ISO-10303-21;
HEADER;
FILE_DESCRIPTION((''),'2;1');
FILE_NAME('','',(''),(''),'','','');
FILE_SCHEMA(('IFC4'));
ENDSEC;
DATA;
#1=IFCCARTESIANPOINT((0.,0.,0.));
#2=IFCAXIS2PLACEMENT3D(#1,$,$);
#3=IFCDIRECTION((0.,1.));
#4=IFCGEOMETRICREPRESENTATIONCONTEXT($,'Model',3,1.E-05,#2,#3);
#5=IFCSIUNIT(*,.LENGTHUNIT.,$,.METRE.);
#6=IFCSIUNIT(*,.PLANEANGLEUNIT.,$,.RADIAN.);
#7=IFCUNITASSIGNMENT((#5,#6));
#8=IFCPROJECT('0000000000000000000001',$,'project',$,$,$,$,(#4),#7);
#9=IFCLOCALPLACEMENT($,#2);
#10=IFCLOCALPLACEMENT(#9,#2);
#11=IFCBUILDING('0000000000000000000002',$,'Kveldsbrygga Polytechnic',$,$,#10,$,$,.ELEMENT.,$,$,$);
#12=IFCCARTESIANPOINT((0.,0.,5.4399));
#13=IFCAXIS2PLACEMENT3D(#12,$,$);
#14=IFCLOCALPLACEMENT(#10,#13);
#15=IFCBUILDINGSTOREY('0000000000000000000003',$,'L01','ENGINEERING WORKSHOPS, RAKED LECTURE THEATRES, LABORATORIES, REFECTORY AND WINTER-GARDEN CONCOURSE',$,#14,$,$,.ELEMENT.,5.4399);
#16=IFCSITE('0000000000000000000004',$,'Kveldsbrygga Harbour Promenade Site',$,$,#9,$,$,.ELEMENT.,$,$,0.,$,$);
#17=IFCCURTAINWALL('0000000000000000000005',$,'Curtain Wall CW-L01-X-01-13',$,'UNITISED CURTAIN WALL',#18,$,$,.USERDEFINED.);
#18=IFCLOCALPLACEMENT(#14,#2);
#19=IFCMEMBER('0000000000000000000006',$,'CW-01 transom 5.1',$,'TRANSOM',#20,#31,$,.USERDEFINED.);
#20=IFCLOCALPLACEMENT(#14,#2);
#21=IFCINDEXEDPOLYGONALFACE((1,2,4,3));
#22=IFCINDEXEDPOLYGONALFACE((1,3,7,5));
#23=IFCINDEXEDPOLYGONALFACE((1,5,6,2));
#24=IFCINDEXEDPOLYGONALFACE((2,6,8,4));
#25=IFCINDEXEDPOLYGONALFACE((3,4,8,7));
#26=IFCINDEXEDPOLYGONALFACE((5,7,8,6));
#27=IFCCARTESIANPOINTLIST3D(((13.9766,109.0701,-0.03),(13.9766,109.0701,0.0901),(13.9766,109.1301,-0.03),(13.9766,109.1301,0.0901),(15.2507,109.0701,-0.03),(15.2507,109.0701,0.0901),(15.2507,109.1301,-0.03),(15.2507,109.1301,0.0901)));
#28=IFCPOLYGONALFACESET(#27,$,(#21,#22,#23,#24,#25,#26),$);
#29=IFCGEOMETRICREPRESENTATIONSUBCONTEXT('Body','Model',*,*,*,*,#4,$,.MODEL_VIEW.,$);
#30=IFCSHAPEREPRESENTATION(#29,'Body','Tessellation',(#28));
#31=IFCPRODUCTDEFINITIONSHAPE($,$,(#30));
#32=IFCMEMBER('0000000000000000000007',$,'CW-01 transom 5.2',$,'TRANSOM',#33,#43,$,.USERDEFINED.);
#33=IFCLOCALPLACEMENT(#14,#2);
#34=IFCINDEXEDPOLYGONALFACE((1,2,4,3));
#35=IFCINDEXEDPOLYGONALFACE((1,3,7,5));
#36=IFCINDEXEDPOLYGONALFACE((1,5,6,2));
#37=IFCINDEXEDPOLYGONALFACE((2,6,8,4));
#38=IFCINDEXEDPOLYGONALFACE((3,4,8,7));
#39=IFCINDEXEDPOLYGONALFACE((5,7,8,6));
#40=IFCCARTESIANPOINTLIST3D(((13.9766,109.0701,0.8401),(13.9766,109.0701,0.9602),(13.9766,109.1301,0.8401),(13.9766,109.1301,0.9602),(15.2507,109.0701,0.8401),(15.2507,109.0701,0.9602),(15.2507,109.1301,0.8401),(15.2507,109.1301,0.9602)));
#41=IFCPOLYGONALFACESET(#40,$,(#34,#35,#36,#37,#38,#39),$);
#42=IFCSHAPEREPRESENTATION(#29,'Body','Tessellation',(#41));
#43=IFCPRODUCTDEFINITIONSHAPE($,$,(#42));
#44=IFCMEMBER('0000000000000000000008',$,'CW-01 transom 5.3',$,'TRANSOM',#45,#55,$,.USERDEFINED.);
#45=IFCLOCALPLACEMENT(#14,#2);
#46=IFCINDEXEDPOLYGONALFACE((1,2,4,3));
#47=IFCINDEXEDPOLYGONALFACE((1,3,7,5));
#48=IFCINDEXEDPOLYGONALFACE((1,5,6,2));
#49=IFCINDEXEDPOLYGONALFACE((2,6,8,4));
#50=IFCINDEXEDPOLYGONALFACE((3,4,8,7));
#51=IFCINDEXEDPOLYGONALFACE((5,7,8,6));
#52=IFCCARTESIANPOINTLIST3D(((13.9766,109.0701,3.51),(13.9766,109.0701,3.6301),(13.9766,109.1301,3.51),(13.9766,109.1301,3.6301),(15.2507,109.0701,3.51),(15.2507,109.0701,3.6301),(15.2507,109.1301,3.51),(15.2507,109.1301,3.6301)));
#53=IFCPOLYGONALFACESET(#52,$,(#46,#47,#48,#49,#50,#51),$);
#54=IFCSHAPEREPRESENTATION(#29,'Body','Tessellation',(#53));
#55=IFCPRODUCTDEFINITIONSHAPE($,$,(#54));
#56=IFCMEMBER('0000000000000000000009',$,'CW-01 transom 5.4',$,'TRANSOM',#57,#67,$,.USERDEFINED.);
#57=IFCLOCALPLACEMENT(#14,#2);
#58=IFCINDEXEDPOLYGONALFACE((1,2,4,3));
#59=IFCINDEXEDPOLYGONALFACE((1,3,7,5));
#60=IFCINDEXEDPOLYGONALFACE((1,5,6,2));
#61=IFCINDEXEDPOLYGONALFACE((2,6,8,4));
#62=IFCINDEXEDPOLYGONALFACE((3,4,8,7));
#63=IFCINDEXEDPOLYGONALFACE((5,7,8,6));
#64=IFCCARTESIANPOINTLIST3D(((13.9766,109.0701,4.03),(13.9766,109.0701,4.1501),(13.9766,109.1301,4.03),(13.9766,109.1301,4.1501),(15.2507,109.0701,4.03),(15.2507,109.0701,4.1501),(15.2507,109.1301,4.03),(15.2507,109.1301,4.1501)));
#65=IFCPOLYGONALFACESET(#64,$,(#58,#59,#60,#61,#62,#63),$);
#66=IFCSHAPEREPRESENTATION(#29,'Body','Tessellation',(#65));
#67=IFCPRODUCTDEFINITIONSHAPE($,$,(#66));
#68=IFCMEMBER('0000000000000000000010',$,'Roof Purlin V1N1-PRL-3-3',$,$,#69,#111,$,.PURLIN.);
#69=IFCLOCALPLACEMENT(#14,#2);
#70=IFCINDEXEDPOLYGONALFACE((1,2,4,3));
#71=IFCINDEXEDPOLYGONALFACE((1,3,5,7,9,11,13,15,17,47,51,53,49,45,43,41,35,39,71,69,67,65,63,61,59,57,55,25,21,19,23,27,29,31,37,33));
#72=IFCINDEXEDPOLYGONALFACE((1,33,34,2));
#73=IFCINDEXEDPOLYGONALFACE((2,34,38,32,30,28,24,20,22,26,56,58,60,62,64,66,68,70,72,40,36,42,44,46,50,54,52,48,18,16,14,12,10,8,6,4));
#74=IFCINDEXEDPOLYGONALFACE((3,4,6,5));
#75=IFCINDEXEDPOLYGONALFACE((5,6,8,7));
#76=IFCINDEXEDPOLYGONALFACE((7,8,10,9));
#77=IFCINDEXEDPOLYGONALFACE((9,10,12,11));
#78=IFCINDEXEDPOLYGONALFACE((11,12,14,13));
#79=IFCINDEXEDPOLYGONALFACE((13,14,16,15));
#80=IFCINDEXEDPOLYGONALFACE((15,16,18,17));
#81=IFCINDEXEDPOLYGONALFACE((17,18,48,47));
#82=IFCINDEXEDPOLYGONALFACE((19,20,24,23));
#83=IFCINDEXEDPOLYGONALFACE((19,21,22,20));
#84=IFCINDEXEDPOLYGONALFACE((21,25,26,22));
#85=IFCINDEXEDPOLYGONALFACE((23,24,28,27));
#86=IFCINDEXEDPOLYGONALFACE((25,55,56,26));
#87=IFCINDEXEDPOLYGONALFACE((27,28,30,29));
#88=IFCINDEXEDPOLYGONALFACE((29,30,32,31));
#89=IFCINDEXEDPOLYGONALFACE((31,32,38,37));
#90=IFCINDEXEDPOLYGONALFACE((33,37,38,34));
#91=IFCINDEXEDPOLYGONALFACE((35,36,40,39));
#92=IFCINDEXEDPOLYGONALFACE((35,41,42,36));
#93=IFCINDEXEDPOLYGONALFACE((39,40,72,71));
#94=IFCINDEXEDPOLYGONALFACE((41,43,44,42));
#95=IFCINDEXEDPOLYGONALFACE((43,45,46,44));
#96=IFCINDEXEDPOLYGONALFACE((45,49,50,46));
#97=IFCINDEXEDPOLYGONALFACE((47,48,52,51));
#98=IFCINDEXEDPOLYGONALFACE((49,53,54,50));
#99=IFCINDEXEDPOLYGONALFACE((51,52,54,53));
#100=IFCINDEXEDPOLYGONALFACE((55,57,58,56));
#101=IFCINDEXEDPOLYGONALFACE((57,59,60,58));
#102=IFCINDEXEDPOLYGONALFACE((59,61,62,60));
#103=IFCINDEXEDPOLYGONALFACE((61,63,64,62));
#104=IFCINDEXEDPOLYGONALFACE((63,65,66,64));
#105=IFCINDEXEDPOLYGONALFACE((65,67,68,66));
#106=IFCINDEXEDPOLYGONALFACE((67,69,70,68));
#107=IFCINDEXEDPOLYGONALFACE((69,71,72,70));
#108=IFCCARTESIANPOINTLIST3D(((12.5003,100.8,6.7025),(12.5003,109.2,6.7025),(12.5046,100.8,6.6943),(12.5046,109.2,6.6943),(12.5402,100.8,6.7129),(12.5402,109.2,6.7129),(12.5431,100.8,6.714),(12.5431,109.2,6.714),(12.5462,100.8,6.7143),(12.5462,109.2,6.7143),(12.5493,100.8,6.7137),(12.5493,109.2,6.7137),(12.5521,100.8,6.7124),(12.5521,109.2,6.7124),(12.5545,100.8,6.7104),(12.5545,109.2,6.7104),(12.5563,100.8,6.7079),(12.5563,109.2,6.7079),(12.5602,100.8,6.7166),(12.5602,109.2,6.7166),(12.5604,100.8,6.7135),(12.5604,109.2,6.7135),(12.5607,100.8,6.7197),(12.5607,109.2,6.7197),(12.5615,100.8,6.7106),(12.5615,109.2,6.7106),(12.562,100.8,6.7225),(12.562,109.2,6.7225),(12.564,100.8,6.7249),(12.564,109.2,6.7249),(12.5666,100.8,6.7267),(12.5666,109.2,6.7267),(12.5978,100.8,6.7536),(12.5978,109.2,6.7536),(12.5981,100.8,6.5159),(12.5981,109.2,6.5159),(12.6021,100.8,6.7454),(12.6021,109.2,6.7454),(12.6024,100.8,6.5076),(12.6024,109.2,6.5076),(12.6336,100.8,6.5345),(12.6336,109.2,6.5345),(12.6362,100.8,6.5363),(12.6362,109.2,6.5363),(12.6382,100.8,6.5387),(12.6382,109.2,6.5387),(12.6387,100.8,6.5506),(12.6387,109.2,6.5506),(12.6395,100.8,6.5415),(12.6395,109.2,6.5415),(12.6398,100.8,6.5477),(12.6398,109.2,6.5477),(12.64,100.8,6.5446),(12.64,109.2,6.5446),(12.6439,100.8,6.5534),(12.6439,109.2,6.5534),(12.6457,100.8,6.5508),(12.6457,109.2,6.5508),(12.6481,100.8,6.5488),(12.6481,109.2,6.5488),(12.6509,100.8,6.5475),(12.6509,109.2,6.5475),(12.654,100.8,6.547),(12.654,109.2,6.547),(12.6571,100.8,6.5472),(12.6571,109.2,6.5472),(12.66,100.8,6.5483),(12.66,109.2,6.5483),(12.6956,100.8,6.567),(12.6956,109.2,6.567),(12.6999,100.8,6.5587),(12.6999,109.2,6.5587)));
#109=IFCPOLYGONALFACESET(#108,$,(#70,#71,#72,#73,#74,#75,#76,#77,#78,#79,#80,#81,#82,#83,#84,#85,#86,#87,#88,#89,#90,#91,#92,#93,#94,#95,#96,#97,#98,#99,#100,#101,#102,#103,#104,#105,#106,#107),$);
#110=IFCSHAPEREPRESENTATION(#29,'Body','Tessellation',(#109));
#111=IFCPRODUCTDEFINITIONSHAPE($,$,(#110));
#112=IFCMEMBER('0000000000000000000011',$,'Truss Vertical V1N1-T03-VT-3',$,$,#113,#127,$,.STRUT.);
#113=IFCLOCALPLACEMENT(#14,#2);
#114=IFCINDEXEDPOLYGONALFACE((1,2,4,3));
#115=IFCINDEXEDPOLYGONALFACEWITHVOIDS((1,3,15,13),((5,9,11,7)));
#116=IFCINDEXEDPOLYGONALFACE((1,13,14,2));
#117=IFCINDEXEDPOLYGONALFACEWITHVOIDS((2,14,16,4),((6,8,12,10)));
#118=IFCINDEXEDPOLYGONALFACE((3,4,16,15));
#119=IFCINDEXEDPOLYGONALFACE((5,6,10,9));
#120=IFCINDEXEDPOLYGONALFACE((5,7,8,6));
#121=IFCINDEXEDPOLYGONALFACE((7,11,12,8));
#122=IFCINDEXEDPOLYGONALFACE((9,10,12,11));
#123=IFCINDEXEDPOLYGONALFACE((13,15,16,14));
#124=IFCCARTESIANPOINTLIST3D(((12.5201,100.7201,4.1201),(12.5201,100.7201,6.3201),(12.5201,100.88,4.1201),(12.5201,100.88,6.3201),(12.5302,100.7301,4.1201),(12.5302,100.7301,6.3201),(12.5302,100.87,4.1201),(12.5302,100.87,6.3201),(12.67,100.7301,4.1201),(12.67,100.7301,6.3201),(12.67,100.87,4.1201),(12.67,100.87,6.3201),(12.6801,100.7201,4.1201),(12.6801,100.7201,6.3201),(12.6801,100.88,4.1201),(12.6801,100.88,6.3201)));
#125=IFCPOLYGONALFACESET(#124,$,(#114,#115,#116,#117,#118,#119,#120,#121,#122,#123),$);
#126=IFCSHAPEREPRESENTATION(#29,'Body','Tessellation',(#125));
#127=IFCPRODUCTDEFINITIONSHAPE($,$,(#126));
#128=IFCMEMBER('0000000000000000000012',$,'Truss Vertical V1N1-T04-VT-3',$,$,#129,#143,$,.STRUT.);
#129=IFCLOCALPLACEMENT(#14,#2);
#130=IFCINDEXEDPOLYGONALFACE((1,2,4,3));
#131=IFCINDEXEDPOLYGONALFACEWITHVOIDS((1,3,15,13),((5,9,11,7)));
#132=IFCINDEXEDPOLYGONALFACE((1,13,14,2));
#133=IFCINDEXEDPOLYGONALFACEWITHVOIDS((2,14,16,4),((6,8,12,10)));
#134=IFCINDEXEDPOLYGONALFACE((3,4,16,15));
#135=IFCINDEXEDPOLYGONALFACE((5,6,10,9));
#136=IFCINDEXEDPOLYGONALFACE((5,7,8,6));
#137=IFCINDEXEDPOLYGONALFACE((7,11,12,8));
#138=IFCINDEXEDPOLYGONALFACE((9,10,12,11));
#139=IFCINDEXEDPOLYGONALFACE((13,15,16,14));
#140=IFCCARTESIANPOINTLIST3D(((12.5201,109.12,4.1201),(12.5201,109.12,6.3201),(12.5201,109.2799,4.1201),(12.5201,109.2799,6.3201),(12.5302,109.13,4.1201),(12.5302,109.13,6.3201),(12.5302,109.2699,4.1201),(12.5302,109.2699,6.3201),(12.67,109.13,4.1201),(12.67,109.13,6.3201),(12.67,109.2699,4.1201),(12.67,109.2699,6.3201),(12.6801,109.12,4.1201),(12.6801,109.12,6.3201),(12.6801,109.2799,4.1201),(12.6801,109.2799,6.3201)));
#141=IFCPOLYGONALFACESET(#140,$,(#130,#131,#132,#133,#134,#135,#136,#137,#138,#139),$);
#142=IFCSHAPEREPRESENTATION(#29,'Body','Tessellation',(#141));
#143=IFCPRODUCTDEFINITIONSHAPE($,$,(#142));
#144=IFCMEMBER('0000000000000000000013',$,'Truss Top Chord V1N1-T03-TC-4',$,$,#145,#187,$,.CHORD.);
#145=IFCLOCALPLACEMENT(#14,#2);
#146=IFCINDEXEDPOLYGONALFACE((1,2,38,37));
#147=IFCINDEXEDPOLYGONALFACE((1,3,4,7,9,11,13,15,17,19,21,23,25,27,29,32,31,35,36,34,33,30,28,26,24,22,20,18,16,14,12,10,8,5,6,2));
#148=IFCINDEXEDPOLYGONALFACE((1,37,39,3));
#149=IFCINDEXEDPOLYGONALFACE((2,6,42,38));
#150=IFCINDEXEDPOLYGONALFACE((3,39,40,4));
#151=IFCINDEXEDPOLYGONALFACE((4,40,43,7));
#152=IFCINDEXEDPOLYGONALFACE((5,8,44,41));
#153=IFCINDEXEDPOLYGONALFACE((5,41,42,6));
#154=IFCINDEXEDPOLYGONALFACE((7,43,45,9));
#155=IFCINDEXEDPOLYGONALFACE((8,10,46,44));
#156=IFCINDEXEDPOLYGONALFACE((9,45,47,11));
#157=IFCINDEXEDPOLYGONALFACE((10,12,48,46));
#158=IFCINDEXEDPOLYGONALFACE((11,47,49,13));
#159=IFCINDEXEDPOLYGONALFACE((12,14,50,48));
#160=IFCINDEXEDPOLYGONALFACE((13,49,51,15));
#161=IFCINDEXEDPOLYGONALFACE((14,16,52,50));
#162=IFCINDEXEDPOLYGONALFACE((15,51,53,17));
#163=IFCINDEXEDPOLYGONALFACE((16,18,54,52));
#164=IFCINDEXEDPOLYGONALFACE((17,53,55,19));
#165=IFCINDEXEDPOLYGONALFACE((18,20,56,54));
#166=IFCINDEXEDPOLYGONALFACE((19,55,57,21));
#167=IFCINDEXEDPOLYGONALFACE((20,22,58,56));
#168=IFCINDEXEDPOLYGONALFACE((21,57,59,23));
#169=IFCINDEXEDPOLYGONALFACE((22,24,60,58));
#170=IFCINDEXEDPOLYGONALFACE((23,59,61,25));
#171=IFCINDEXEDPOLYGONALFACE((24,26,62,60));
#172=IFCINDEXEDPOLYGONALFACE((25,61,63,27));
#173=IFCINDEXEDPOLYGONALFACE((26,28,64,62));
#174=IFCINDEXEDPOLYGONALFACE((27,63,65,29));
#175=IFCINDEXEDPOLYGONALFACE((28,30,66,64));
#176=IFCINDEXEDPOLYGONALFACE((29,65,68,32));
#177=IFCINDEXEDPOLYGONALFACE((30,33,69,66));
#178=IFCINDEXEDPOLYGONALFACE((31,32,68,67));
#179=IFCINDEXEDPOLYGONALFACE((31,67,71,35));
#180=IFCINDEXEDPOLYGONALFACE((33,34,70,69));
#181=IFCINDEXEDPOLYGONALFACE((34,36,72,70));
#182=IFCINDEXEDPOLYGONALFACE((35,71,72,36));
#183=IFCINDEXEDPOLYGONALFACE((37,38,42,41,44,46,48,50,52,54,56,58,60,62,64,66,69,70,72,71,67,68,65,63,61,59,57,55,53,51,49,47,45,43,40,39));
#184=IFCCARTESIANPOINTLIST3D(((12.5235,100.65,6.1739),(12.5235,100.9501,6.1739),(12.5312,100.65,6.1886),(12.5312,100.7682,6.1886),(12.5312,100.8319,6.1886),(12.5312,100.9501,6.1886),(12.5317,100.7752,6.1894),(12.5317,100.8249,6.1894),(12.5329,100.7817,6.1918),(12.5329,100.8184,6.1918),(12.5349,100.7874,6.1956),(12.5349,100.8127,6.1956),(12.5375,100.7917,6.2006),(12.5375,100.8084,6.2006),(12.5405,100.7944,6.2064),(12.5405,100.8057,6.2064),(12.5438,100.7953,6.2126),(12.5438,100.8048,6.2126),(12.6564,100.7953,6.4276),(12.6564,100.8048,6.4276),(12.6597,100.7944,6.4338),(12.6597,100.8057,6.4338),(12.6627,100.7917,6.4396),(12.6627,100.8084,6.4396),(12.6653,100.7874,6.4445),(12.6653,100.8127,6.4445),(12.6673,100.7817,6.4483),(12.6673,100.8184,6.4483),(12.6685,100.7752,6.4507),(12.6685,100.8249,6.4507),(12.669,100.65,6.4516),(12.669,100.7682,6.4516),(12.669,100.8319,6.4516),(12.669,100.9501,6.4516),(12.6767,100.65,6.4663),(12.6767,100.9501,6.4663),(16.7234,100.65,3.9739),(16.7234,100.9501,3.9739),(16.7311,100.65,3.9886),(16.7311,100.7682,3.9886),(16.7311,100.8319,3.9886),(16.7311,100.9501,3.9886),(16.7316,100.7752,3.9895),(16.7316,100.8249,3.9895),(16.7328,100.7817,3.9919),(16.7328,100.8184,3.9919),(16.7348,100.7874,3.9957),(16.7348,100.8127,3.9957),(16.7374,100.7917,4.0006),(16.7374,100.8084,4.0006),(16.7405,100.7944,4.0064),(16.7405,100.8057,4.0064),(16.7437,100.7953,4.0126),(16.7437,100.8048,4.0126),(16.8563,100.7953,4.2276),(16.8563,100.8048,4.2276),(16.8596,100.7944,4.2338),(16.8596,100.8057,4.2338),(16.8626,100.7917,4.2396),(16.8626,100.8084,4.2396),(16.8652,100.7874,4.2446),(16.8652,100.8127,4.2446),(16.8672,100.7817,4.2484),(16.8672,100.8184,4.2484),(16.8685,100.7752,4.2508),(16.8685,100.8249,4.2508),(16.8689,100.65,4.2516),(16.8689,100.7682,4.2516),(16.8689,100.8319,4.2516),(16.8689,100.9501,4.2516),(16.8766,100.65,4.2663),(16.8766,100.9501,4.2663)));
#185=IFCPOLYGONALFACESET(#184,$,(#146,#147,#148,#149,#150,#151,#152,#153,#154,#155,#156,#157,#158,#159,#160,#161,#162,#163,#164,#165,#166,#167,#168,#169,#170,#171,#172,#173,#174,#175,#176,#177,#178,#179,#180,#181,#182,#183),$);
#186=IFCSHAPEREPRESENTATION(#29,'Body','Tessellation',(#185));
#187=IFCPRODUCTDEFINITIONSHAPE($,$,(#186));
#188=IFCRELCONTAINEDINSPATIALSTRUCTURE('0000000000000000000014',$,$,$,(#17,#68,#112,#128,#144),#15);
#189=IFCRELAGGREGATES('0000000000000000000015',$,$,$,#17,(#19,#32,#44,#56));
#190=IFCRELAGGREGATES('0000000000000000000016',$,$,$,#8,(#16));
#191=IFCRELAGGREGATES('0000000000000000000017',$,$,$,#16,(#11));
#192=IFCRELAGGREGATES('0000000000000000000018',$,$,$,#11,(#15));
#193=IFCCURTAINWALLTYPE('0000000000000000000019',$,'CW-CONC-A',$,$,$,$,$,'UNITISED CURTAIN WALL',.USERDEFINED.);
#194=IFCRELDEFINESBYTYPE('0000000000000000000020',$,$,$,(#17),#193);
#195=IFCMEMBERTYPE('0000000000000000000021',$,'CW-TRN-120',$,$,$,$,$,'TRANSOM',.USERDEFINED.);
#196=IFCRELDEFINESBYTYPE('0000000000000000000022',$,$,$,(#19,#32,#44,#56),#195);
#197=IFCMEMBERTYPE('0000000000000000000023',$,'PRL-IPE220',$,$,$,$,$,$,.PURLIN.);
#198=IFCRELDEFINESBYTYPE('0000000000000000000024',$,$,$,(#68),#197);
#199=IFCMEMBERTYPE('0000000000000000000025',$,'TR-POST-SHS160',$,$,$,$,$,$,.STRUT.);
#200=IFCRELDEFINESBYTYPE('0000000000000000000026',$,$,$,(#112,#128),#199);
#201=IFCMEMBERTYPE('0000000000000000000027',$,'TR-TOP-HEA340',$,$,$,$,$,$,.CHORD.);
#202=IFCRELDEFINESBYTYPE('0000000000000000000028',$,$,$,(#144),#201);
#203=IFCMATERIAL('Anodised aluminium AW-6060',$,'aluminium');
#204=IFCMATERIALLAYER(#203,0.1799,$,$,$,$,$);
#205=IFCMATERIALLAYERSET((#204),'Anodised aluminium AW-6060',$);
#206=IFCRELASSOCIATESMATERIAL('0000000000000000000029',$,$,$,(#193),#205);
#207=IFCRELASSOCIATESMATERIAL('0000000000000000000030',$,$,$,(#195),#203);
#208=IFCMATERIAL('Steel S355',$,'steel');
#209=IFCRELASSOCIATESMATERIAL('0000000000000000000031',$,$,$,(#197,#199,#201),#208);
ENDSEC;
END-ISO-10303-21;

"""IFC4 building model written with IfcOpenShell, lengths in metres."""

from ifc_helpers import new_model, si_unit, direction, frame, origin, origin_2d, place, context, subcontext, project, spatial, rectangle, hollow_rectangle, i_section, extrude, material, layer, layer_set, material_profile, profile_set, type_object, element, aggregate, save


model = new_model("IFC4")

# Units and contexts
model_context = context("Model", 3, precision=1e-05, world=origin(), true_north=direction((0.0, 1.0)))
body_context = subcontext(model_context, "Body", "Model", "MODEL_VIEW")
ifc_project = project(units=[si_unit("LENGTHUNIT", "METRE"), si_unit("PLANEANGLEUNIT", "RADIAN")], contexts=[model_context])

# Site, building, storey
site_placement = place(None, origin())
site = spatial("IfcSite", under=ifc_project, at=site_placement, Name="Kveldsbrygga Harbour Promenade Site", CompositionType="ELEMENT", RefElevation=0.0)
building_placement = place(site_placement, origin())
building = spatial("IfcBuilding", under=site, at=building_placement, Name="Kveldsbrygga Polytechnic", CompositionType="ELEMENT")
storey_placement = place(building_placement, frame((0.0, 0.0, 5.4399)))
storey = spatial("IfcBuildingStorey", under=building, at=storey_placement, Name="L01", Description="ENGINEERING WORKSHOPS, RAKED LECTURE THEATRES, LABORATORIES, REFECTORY AND WINTER-GARDEN CONCOURSE", CompositionType="ELEMENT", Elevation=5.4399)

# Curtain wall, members
ifc_material_1 = material(Name="Anodised aluminium AW-6060", Category="aluminium")
ifc_layer_1 = layer(ifc_material_1, 0.1799)
ifc_layer_set_1 = layer_set([ifc_layer_1], Name="Anodised aluminium AW-6060")
curtain_wall_type = type_object("IfcCurtainWallType", Name="CW-CONC-A", ElementType="UNITISED CURTAIN WALL", PredefinedType="USERDEFINED", material=ifc_layer_set_1)
curtain_wall_placement = place(storey_placement, origin())
curtain_wall = element("IfcCurtainWall", 1, at=curtain_wall_placement, inside=storey, type_object=curtain_wall_type, Name="Curtain Wall CW-L01-X-01-13", ObjectType="UNITISED CURTAIN WALL", PredefinedType="USERDEFINED")
ifc_material_profile_1 = material_profile(ifc_material_1, rectangle(XDim=0.0601, YDim=0.1201, at=origin_2d()), Name="ALU 60x120")
ifc_profile_set_1 = profile_set([ifc_material_profile_1], Name="Anodised aluminium AW-6060")
member_type_1 = type_object("IfcMemberType", Name="CW-TRN-120", ElementType="TRANSOM", PredefinedType="USERDEFINED", material=ifc_profile_set_1)
member_1_placement = place(storey_placement, frame((13.9766, 109.1001, 0.03), z_axis=(1.0, 0.0, 0.0), x_axis=(0.0, 1.0, 0.0)))
member_1 = element("IfcMember", 2, at=member_1_placement, type_object=member_type_1, Name="CW-01 transom 5.1", ObjectType="TRANSOM", PredefinedType="USERDEFINED", context=body_context, shape_type="SweptSolid", body=[
    extrude(rectangle(XDim=0.0601, YDim=0.1201, at=origin_2d()), origin(), (0.0, 0.0, 1.0), 1.2742),
])
member_2_placement = place(storey_placement, frame((13.9766, 109.1001, 0.9001), z_axis=(1.0, 0.0, 0.0), x_axis=(0.0, 1.0, 0.0)))
member_2 = element("IfcMember", 3, at=member_2_placement, type_object=member_type_1, Name="CW-01 transom 5.2", ObjectType="TRANSOM", PredefinedType="USERDEFINED", context=body_context, shape_type="SweptSolid", body=[
    extrude(rectangle(XDim=0.0601, YDim=0.1201, at=origin_2d()), origin(), (0.0, 0.0, 1.0), 1.2742),
])
member_3_placement = place(storey_placement, frame((13.9766, 109.1001, 3.5701), z_axis=(1.0, 0.0, 0.0), x_axis=(0.0, 1.0, 0.0)))
member_3 = element("IfcMember", 4, at=member_3_placement, type_object=member_type_1, Name="CW-01 transom 5.3", ObjectType="TRANSOM", PredefinedType="USERDEFINED", context=body_context, shape_type="SweptSolid", body=[
    extrude(rectangle(XDim=0.0601, YDim=0.1201, at=origin_2d()), origin(), (0.0, 0.0, 1.0), 1.2742),
])
member_4_placement = place(storey_placement, frame((13.9766, 109.1001, 4.0901), z_axis=(1.0, 0.0, 0.0), x_axis=(0.0, 1.0, 0.0)))
member_4 = element("IfcMember", 5, at=member_4_placement, type_object=member_type_1, Name="CW-01 transom 5.4", ObjectType="TRANSOM", PredefinedType="USERDEFINED", context=body_context, shape_type="SweptSolid", body=[
    extrude(rectangle(XDim=0.0601, YDim=0.1201, at=origin_2d()), origin(), (0.0, 0.0, 1.0), 1.2742),
])

# Members
ifc_material_2 = material(Name="Steel S355", Category="steel")
ifc_material_profile_2 = material_profile(ifc_material_2, i_section(OverallWidth=0.1101, OverallDepth=0.22, WebThickness=0.0059, FlangeThickness=0.0093, FilletRadius=0.012, at=origin_2d()), Name="IPE 220")
ifc_profile_set_2 = profile_set([ifc_material_profile_2], Name="Steel S355")
member_type_2 = type_object("IfcMemberType", Name="PRL-IPE220", PredefinedType="PURLIN", material=ifc_profile_set_2)
member_5_placement = place(storey_placement, frame((12.6001, 100.8, 6.6306), z_axis=(0.0, 1.0, 0.0), x_axis=(-0.885831, 0.0, -0.464007)))
element("IfcMember", 6, at=member_5_placement, inside=storey, type_object=member_type_2, Name="Roof Purlin V1N1-PRL-3-3", PredefinedType="PURLIN", context=body_context, shape_type="SweptSolid", body=[
    extrude(i_section(OverallWidth=0.1101, OverallDepth=0.22, WebThickness=0.0059, FlangeThickness=0.0093, FilletRadius=0.012, at=origin_2d()), origin(), (0.0, 0.0, 1.0), 8.3999),
])
ifc_material_profile_3 = material_profile(ifc_material_2, hollow_rectangle(XDim=0.1599, YDim=0.1599, WallThickness=0.01, at=origin_2d()), Name="SHS 160x160x10.0")
ifc_profile_set_3 = profile_set([ifc_material_profile_3], Name="Steel S355")
member_type_3 = type_object("IfcMemberType", Name="TR-POST-SHS160", PredefinedType="STRUT", material=ifc_profile_set_3)
for number, where, z_axis, x_axis, name in (
    (7, (12.6001, 100.8, 4.1201), (0.0, 0.0, 1.0), (1.0, 0.0, 0.0), "Truss Vertical V1N1-T03-VT-3"),
    (8, (12.6001, 109.2, 4.1201), (0.0, 0.0, 1.0), (1.0, 0.0, 0.0), "Truss Vertical V1N1-T04-VT-3"),
):
    element("IfcMember", number, at=place(storey_placement, frame(where, z_axis=z_axis, x_axis=x_axis)), inside=storey, type_object=member_type_3, Name=name, PredefinedType="STRUT", context=body_context, shape_type="SweptSolid", body=[
        extrude(hollow_rectangle(XDim=0.1599, YDim=0.1599, WallThickness=0.01, at=origin_2d()), origin(), (0.0, 0.0, 1.0), 2.2),
    ])
ifc_material_profile_4 = material_profile(ifc_material_2, i_section(OverallWidth=0.3, OverallDepth=0.3301, WebThickness=0.0095, FlangeThickness=0.0166, FilletRadius=0.0271, at=origin_2d()), Name="HEA 340")
ifc_profile_set_4 = profile_set([ifc_material_profile_4], Name="Steel S355")
member_type_4 = type_object("IfcMemberType", Name="TR-TOP-HEA340", PredefinedType="CHORD", material=ifc_profile_set_4)
for number, where, z_axis, x_axis, name in (
    (9, (12.6001, 100.8, 6.3201), (0.885834, 0.0, -0.464003), (0.0, 1.0, 0.0), "Truss Top Chord V1N1-T03-TC-4"),
):
    element("IfcMember", number, at=place(storey_placement, frame(where, z_axis=z_axis, x_axis=x_axis)), inside=storey, type_object=member_type_4, Name=name, PredefinedType="CHORD", context=body_context, shape_type="SweptSolid", body=[
        extrude(i_section(OverallWidth=0.3, OverallDepth=0.3301, WebThickness=0.0095, FlangeThickness=0.0166, FilletRadius=0.0271, at=origin_2d()), origin(), (0.0, 0.0, 1.0), 4.7412),
    ])

aggregate(curtain_wall, [member_1, member_2, member_3, member_4])

save(model, "model.ifc")
